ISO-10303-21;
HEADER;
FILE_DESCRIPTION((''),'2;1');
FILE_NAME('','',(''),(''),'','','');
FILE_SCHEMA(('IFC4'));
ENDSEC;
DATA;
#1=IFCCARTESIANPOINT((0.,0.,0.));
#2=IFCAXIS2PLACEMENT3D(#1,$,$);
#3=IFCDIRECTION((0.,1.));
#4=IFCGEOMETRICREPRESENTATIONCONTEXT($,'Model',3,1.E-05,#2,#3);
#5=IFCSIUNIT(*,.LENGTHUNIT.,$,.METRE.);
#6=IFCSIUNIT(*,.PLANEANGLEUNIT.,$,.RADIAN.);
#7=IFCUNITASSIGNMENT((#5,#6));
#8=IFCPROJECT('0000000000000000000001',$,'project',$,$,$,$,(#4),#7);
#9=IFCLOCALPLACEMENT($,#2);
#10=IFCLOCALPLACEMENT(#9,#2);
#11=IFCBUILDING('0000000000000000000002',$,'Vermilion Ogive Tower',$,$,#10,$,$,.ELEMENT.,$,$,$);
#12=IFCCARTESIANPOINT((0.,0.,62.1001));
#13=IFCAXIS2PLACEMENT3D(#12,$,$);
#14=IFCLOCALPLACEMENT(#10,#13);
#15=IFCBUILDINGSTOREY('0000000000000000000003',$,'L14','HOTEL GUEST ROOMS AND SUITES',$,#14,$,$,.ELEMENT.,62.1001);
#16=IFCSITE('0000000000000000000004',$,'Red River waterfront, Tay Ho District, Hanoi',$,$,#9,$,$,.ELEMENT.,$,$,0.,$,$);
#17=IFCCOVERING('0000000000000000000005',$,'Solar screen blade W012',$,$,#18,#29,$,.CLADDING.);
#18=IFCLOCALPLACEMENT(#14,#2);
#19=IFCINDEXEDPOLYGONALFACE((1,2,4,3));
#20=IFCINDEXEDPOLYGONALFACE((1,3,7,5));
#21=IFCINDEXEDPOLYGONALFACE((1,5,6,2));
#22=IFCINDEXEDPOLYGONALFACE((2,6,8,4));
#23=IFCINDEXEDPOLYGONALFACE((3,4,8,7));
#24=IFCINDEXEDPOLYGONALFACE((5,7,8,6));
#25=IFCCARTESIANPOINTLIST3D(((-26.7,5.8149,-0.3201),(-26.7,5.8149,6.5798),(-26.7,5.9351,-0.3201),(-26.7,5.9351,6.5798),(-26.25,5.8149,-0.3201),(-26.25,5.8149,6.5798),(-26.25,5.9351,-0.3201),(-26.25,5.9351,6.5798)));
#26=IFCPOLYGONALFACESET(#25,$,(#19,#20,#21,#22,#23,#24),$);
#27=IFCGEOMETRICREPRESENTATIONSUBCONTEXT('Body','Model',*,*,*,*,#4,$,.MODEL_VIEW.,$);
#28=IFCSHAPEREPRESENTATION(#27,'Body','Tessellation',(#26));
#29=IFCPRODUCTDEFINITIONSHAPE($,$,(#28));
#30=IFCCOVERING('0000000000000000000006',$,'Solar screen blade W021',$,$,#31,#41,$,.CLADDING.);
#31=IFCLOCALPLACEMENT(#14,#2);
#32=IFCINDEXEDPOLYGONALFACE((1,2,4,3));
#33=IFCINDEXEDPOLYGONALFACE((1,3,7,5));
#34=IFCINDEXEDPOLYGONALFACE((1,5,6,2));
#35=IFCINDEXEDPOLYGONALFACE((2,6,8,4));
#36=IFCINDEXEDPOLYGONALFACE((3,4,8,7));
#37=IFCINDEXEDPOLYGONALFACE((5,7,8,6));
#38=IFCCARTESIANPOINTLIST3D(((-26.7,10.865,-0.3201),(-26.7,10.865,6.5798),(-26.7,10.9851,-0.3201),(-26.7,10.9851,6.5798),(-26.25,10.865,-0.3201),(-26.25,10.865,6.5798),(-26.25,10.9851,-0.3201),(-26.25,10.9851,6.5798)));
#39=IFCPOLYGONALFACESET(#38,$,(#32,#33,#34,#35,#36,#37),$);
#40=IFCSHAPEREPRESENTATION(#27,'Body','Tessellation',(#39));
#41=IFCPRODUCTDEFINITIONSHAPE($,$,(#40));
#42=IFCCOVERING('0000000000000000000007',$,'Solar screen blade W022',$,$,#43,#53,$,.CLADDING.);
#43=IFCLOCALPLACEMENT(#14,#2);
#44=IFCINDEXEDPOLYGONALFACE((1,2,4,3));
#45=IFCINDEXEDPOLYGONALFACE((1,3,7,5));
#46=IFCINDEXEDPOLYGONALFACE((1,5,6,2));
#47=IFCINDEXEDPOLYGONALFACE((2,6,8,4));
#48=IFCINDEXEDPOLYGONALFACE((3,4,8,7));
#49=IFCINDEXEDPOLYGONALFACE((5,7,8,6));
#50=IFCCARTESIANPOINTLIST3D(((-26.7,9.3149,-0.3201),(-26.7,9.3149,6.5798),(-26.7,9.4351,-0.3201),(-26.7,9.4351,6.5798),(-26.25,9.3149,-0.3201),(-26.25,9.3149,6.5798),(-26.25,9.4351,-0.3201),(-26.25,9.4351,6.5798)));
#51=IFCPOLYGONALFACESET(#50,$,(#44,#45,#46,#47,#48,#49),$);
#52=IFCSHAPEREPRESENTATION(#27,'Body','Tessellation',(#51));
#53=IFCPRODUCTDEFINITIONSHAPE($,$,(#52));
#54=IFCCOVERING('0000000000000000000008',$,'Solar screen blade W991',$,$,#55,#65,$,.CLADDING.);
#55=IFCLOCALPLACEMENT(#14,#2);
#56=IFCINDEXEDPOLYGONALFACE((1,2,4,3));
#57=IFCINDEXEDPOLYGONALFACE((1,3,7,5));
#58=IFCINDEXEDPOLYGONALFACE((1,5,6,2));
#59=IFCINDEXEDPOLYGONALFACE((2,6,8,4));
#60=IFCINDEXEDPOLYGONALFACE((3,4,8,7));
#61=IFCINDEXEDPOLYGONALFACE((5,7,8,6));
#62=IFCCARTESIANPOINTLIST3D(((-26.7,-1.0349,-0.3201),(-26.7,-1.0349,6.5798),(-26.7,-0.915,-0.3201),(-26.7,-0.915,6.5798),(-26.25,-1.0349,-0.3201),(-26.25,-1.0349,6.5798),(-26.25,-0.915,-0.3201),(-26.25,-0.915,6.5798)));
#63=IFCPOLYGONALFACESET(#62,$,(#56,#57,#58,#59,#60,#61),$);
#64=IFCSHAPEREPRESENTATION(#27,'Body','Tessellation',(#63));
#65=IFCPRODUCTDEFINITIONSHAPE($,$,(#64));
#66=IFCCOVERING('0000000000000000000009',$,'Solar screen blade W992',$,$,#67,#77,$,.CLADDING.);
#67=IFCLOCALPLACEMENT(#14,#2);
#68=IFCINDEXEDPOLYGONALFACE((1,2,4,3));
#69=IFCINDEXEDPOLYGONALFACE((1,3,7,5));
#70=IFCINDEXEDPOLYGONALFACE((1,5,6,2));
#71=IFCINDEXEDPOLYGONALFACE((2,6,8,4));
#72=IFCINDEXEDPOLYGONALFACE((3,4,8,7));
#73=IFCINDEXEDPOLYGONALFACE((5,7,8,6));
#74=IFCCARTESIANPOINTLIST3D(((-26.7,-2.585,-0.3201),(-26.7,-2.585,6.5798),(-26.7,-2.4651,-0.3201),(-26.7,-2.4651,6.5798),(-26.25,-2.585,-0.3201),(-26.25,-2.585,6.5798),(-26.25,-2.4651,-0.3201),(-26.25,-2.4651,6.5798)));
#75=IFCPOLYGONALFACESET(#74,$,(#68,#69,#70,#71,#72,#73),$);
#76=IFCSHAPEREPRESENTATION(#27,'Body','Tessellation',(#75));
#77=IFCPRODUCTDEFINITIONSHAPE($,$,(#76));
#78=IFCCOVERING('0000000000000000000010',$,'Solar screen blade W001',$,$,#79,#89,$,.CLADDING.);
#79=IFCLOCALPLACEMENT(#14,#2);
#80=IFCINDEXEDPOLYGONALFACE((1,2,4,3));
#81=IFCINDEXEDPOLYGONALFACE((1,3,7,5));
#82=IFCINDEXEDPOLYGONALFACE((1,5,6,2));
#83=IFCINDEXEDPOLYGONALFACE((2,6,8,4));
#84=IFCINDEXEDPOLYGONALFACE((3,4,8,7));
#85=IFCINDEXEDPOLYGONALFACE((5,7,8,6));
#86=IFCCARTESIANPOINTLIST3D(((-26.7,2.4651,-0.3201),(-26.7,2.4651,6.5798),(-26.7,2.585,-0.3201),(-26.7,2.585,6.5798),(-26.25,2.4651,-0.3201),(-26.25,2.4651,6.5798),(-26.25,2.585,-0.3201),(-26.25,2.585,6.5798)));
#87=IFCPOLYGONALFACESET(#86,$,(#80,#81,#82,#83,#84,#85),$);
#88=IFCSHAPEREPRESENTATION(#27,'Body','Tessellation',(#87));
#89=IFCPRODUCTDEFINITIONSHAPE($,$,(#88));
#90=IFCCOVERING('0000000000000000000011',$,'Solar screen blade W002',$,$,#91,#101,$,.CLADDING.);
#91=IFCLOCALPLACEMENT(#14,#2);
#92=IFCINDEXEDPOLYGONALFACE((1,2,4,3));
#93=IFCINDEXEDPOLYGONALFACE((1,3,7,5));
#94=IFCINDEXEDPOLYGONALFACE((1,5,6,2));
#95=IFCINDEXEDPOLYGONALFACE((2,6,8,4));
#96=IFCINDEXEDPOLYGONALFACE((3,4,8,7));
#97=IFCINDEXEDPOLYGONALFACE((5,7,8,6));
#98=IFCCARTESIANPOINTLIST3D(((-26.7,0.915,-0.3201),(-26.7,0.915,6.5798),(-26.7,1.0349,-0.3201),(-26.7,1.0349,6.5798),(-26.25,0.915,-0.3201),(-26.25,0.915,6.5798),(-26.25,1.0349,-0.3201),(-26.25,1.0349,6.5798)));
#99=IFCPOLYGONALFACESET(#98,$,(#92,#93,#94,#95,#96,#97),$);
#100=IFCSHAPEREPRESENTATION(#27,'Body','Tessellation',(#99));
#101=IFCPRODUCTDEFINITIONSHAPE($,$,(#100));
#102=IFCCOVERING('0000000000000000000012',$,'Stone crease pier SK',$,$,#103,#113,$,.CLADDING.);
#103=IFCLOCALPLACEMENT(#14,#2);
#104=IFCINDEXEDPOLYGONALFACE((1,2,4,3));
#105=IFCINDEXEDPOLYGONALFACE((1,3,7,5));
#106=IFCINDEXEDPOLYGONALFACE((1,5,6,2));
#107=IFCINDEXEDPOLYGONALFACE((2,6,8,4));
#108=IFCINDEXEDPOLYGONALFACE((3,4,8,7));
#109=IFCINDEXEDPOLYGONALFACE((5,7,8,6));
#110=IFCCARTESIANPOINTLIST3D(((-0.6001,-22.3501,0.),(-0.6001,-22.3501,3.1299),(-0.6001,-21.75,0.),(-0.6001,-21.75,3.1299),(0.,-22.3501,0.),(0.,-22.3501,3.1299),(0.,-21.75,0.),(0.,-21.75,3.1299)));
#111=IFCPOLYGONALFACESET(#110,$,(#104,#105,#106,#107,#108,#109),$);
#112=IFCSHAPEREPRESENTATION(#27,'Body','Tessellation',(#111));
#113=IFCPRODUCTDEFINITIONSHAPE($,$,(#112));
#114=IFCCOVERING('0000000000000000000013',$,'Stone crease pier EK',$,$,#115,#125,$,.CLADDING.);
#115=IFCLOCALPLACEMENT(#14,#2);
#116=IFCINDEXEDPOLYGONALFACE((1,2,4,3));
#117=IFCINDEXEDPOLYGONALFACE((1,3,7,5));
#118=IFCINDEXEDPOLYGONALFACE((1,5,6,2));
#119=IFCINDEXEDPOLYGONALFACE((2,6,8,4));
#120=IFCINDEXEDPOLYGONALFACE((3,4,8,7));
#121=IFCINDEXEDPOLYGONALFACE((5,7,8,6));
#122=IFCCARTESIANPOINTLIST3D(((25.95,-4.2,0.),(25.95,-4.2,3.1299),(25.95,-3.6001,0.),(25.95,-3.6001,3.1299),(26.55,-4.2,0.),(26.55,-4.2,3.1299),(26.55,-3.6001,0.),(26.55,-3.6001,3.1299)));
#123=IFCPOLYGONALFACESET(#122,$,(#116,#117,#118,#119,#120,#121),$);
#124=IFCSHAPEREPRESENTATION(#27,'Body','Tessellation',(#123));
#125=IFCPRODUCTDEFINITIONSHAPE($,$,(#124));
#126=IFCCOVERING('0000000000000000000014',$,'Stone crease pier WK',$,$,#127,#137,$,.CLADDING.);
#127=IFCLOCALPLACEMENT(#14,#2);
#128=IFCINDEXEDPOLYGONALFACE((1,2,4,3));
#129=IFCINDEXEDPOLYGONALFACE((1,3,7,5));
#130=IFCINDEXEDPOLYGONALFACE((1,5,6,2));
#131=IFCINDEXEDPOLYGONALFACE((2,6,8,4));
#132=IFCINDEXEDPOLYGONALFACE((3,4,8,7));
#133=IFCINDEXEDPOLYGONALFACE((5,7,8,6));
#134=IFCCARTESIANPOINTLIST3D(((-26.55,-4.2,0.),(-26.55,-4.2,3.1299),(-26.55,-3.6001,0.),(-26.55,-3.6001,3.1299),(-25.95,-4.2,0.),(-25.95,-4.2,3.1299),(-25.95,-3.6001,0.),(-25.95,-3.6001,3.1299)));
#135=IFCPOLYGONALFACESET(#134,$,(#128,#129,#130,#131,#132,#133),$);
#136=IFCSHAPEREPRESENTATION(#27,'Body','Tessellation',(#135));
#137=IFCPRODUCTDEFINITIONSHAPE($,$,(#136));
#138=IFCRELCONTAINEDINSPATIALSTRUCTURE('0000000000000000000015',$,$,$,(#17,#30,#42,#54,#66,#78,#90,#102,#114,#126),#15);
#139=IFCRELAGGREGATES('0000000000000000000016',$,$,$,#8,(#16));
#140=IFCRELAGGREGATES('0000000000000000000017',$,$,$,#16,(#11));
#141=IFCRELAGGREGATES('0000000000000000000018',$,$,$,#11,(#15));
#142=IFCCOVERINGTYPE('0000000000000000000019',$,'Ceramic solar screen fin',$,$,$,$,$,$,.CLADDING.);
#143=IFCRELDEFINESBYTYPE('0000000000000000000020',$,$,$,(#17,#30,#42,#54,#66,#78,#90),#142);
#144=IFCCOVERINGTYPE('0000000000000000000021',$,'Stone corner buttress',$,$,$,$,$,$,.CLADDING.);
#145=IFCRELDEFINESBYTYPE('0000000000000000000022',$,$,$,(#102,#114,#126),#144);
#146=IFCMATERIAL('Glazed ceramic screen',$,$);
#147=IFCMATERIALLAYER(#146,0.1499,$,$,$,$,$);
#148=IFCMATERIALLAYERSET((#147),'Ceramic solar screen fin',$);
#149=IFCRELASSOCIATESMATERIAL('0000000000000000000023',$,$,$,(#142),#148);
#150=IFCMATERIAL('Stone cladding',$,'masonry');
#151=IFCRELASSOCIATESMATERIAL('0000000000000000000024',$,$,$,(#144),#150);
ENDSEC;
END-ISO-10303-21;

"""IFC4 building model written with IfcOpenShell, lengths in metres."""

from ifc_helpers import new_model, si_unit, direction, frame, origin, place, context, subcontext, project, spatial, polyline, outline, extrude, material, layer, layer_set, type_object, element, save


model = new_model("IFC4")

# Units and contexts
model_context = context("Model", 3, precision=1e-05, world=origin(), true_north=direction((0.0, 1.0)))
body_context = subcontext(model_context, "Body", "Model", "MODEL_VIEW")
ifc_project = project(units=[si_unit("LENGTHUNIT", "METRE"), si_unit("PLANEANGLEUNIT", "RADIAN")], contexts=[model_context])

# Site, building, storey
site_placement = place(None, origin())
site = spatial("IfcSite", under=ifc_project, at=site_placement, Name="Red River waterfront, Tay Ho District, Hanoi", CompositionType="ELEMENT", RefElevation=0.0)
building_placement = place(site_placement, origin())
building = spatial("IfcBuilding", under=site, at=building_placement, Name="Vermilion Ogive Tower", CompositionType="ELEMENT")
storey_placement = place(building_placement, frame((0.0, 0.0, 62.1001)))
storey = spatial("IfcBuildingStorey", under=building, at=storey_placement, Name="L14", Description="HOTEL GUEST ROOMS AND SUITES", CompositionType="ELEMENT", Elevation=62.1001)

# Coverings
ifc_material_1 = material(Name="Glazed ceramic screen")
ifc_layer_1 = layer(ifc_material_1, 0.1499)
ifc_layer_set_1 = layer_set([ifc_layer_1], Name="Ceramic solar screen fin")
covering_type_1 = type_object("IfcCoveringType", Name="Ceramic solar screen fin", PredefinedType="CLADDING", material=ifc_layer_set_1)
covering_1_placement = place(storey_placement, frame((0.0, 0.0, -0.3201)))
element("IfcCovering", 1, at=covering_1_placement, inside=storey, type_object=covering_type_1, Name="Solar screen blade W012", PredefinedType="CLADDING", context=body_context, shape_type="SweptSolid", body=[
    extrude(outline(polyline([(-26.7, 5.9351), (-26.7, 5.8149), (-26.25, 5.8149), (-26.25, 5.9351), (-26.7, 5.9351)])), origin(), (0.0, 0.0, 1.0), 6.8999),
])
covering_2_placement = place(storey_placement, frame((0.0, 0.0, -0.3201)))
element("IfcCovering", 2, at=covering_2_placement, inside=storey, type_object=covering_type_1, Name="Solar screen blade W021", PredefinedType="CLADDING", context=body_context, shape_type="SweptSolid", body=[
    extrude(outline(polyline([(-26.7, 10.9851), (-26.7, 10.865), (-26.25, 10.865), (-26.25, 10.9851), (-26.7, 10.9851)])), origin(), (0.0, 0.0, 1.0), 6.8999),
])
covering_3_placement = place(storey_placement, frame((0.0, 0.0, -0.3201)))
element("IfcCovering", 3, at=covering_3_placement, inside=storey, type_object=covering_type_1, Name="Solar screen blade W022", PredefinedType="CLADDING", context=body_context, shape_type="SweptSolid", body=[
    extrude(outline(polyline([(-26.7, 9.4351), (-26.7, 9.3149), (-26.25, 9.3149), (-26.25, 9.4351), (-26.7, 9.4351)])), origin(), (0.0, 0.0, 1.0), 6.8999),
])
covering_4_placement = place(storey_placement, frame((0.0, 0.0, -0.3201)))
element("IfcCovering", 4, at=covering_4_placement, inside=storey, type_object=covering_type_1, Name="Solar screen blade W991", PredefinedType="CLADDING", context=body_context, shape_type="SweptSolid", body=[
    extrude(outline(polyline([(-26.7, -0.915), (-26.7, -1.0349), (-26.25, -1.0349), (-26.25, -0.915), (-26.7, -0.915)])), origin(), (0.0, 0.0, 1.0), 6.8999),
])
covering_5_placement = place(storey_placement, frame((0.0, 0.0, -0.3201)))
element("IfcCovering", 5, at=covering_5_placement, inside=storey, type_object=covering_type_1, Name="Solar screen blade W992", PredefinedType="CLADDING", context=body_context, shape_type="SweptSolid", body=[
    extrude(outline(polyline([(-26.7, -2.4651), (-26.7, -2.585), (-26.25, -2.585), (-26.25, -2.4651), (-26.7, -2.4651)])), origin(), (0.0, 0.0, 1.0), 6.8999),
])
covering_6_placement = place(storey_placement, frame((0.0, 0.0, -0.3201)))
element("IfcCovering", 6, at=covering_6_placement, inside=storey, type_object=covering_type_1, Name="Solar screen blade W001", PredefinedType="CLADDING", context=body_context, shape_type="SweptSolid", body=[
    extrude(outline(polyline([(-26.7, 2.585), (-26.7, 2.4651), (-26.25, 2.4651), (-26.25, 2.585), (-26.7, 2.585)])), origin(), (0.0, 0.0, 1.0), 6.8999),
])
covering_7_placement = place(storey_placement, frame((0.0, 0.0, -0.3201)))
element("IfcCovering", 7, at=covering_7_placement, inside=storey, type_object=covering_type_1, Name="Solar screen blade W002", PredefinedType="CLADDING", context=body_context, shape_type="SweptSolid", body=[
    extrude(outline(polyline([(-26.7, 1.0349), (-26.7, 0.915), (-26.25, 0.915), (-26.25, 1.0349), (-26.7, 1.0349)])), origin(), (0.0, 0.0, 1.0), 6.8999),
])
ifc_material_2 = material(Name="Stone cladding", Category="masonry")
covering_type_2 = type_object("IfcCoveringType", Name="Stone corner buttress", PredefinedType="CLADDING", material=ifc_material_2)
covering_8_placement = place(storey_placement, origin())
element("IfcCovering", 8, at=covering_8_placement, inside=storey, type_object=covering_type_2, Name="Stone crease pier SK", PredefinedType="CLADDING", context=body_context, shape_type="SweptSolid", body=[
    extrude(outline(polyline([(-0.6001, -22.3501), (0.0, -22.3501), (0.0, -21.75), (-0.6001, -21.75), (-0.6001, -22.3501)])), origin(), (0.0, 0.0, 1.0), 3.1299),
])
covering_9_placement = place(storey_placement, origin())
element("IfcCovering", 9, at=covering_9_placement, inside=storey, type_object=covering_type_2, Name="Stone crease pier EK", PredefinedType="CLADDING", context=body_context, shape_type="SweptSolid", body=[
    extrude(outline(polyline([(26.55, -4.2), (26.55, -3.6001), (25.95, -3.6001), (25.95, -4.2), (26.55, -4.2)])), origin(), (0.0, 0.0, 1.0), 3.1299),
])
covering_10_placement = place(storey_placement, origin())
element("IfcCovering", 10, at=covering_10_placement, inside=storey, type_object=covering_type_2, Name="Stone crease pier WK", PredefinedType="CLADDING", context=body_context, shape_type="SweptSolid", body=[
    extrude(outline(polyline([(-26.55, -3.6001), (-26.55, -4.2), (-25.95, -4.2), (-25.95, -3.6001), (-26.55, -3.6001)])), origin(), (0.0, 0.0, 1.0), 3.1299),
])

save(model, "model.ifc")
